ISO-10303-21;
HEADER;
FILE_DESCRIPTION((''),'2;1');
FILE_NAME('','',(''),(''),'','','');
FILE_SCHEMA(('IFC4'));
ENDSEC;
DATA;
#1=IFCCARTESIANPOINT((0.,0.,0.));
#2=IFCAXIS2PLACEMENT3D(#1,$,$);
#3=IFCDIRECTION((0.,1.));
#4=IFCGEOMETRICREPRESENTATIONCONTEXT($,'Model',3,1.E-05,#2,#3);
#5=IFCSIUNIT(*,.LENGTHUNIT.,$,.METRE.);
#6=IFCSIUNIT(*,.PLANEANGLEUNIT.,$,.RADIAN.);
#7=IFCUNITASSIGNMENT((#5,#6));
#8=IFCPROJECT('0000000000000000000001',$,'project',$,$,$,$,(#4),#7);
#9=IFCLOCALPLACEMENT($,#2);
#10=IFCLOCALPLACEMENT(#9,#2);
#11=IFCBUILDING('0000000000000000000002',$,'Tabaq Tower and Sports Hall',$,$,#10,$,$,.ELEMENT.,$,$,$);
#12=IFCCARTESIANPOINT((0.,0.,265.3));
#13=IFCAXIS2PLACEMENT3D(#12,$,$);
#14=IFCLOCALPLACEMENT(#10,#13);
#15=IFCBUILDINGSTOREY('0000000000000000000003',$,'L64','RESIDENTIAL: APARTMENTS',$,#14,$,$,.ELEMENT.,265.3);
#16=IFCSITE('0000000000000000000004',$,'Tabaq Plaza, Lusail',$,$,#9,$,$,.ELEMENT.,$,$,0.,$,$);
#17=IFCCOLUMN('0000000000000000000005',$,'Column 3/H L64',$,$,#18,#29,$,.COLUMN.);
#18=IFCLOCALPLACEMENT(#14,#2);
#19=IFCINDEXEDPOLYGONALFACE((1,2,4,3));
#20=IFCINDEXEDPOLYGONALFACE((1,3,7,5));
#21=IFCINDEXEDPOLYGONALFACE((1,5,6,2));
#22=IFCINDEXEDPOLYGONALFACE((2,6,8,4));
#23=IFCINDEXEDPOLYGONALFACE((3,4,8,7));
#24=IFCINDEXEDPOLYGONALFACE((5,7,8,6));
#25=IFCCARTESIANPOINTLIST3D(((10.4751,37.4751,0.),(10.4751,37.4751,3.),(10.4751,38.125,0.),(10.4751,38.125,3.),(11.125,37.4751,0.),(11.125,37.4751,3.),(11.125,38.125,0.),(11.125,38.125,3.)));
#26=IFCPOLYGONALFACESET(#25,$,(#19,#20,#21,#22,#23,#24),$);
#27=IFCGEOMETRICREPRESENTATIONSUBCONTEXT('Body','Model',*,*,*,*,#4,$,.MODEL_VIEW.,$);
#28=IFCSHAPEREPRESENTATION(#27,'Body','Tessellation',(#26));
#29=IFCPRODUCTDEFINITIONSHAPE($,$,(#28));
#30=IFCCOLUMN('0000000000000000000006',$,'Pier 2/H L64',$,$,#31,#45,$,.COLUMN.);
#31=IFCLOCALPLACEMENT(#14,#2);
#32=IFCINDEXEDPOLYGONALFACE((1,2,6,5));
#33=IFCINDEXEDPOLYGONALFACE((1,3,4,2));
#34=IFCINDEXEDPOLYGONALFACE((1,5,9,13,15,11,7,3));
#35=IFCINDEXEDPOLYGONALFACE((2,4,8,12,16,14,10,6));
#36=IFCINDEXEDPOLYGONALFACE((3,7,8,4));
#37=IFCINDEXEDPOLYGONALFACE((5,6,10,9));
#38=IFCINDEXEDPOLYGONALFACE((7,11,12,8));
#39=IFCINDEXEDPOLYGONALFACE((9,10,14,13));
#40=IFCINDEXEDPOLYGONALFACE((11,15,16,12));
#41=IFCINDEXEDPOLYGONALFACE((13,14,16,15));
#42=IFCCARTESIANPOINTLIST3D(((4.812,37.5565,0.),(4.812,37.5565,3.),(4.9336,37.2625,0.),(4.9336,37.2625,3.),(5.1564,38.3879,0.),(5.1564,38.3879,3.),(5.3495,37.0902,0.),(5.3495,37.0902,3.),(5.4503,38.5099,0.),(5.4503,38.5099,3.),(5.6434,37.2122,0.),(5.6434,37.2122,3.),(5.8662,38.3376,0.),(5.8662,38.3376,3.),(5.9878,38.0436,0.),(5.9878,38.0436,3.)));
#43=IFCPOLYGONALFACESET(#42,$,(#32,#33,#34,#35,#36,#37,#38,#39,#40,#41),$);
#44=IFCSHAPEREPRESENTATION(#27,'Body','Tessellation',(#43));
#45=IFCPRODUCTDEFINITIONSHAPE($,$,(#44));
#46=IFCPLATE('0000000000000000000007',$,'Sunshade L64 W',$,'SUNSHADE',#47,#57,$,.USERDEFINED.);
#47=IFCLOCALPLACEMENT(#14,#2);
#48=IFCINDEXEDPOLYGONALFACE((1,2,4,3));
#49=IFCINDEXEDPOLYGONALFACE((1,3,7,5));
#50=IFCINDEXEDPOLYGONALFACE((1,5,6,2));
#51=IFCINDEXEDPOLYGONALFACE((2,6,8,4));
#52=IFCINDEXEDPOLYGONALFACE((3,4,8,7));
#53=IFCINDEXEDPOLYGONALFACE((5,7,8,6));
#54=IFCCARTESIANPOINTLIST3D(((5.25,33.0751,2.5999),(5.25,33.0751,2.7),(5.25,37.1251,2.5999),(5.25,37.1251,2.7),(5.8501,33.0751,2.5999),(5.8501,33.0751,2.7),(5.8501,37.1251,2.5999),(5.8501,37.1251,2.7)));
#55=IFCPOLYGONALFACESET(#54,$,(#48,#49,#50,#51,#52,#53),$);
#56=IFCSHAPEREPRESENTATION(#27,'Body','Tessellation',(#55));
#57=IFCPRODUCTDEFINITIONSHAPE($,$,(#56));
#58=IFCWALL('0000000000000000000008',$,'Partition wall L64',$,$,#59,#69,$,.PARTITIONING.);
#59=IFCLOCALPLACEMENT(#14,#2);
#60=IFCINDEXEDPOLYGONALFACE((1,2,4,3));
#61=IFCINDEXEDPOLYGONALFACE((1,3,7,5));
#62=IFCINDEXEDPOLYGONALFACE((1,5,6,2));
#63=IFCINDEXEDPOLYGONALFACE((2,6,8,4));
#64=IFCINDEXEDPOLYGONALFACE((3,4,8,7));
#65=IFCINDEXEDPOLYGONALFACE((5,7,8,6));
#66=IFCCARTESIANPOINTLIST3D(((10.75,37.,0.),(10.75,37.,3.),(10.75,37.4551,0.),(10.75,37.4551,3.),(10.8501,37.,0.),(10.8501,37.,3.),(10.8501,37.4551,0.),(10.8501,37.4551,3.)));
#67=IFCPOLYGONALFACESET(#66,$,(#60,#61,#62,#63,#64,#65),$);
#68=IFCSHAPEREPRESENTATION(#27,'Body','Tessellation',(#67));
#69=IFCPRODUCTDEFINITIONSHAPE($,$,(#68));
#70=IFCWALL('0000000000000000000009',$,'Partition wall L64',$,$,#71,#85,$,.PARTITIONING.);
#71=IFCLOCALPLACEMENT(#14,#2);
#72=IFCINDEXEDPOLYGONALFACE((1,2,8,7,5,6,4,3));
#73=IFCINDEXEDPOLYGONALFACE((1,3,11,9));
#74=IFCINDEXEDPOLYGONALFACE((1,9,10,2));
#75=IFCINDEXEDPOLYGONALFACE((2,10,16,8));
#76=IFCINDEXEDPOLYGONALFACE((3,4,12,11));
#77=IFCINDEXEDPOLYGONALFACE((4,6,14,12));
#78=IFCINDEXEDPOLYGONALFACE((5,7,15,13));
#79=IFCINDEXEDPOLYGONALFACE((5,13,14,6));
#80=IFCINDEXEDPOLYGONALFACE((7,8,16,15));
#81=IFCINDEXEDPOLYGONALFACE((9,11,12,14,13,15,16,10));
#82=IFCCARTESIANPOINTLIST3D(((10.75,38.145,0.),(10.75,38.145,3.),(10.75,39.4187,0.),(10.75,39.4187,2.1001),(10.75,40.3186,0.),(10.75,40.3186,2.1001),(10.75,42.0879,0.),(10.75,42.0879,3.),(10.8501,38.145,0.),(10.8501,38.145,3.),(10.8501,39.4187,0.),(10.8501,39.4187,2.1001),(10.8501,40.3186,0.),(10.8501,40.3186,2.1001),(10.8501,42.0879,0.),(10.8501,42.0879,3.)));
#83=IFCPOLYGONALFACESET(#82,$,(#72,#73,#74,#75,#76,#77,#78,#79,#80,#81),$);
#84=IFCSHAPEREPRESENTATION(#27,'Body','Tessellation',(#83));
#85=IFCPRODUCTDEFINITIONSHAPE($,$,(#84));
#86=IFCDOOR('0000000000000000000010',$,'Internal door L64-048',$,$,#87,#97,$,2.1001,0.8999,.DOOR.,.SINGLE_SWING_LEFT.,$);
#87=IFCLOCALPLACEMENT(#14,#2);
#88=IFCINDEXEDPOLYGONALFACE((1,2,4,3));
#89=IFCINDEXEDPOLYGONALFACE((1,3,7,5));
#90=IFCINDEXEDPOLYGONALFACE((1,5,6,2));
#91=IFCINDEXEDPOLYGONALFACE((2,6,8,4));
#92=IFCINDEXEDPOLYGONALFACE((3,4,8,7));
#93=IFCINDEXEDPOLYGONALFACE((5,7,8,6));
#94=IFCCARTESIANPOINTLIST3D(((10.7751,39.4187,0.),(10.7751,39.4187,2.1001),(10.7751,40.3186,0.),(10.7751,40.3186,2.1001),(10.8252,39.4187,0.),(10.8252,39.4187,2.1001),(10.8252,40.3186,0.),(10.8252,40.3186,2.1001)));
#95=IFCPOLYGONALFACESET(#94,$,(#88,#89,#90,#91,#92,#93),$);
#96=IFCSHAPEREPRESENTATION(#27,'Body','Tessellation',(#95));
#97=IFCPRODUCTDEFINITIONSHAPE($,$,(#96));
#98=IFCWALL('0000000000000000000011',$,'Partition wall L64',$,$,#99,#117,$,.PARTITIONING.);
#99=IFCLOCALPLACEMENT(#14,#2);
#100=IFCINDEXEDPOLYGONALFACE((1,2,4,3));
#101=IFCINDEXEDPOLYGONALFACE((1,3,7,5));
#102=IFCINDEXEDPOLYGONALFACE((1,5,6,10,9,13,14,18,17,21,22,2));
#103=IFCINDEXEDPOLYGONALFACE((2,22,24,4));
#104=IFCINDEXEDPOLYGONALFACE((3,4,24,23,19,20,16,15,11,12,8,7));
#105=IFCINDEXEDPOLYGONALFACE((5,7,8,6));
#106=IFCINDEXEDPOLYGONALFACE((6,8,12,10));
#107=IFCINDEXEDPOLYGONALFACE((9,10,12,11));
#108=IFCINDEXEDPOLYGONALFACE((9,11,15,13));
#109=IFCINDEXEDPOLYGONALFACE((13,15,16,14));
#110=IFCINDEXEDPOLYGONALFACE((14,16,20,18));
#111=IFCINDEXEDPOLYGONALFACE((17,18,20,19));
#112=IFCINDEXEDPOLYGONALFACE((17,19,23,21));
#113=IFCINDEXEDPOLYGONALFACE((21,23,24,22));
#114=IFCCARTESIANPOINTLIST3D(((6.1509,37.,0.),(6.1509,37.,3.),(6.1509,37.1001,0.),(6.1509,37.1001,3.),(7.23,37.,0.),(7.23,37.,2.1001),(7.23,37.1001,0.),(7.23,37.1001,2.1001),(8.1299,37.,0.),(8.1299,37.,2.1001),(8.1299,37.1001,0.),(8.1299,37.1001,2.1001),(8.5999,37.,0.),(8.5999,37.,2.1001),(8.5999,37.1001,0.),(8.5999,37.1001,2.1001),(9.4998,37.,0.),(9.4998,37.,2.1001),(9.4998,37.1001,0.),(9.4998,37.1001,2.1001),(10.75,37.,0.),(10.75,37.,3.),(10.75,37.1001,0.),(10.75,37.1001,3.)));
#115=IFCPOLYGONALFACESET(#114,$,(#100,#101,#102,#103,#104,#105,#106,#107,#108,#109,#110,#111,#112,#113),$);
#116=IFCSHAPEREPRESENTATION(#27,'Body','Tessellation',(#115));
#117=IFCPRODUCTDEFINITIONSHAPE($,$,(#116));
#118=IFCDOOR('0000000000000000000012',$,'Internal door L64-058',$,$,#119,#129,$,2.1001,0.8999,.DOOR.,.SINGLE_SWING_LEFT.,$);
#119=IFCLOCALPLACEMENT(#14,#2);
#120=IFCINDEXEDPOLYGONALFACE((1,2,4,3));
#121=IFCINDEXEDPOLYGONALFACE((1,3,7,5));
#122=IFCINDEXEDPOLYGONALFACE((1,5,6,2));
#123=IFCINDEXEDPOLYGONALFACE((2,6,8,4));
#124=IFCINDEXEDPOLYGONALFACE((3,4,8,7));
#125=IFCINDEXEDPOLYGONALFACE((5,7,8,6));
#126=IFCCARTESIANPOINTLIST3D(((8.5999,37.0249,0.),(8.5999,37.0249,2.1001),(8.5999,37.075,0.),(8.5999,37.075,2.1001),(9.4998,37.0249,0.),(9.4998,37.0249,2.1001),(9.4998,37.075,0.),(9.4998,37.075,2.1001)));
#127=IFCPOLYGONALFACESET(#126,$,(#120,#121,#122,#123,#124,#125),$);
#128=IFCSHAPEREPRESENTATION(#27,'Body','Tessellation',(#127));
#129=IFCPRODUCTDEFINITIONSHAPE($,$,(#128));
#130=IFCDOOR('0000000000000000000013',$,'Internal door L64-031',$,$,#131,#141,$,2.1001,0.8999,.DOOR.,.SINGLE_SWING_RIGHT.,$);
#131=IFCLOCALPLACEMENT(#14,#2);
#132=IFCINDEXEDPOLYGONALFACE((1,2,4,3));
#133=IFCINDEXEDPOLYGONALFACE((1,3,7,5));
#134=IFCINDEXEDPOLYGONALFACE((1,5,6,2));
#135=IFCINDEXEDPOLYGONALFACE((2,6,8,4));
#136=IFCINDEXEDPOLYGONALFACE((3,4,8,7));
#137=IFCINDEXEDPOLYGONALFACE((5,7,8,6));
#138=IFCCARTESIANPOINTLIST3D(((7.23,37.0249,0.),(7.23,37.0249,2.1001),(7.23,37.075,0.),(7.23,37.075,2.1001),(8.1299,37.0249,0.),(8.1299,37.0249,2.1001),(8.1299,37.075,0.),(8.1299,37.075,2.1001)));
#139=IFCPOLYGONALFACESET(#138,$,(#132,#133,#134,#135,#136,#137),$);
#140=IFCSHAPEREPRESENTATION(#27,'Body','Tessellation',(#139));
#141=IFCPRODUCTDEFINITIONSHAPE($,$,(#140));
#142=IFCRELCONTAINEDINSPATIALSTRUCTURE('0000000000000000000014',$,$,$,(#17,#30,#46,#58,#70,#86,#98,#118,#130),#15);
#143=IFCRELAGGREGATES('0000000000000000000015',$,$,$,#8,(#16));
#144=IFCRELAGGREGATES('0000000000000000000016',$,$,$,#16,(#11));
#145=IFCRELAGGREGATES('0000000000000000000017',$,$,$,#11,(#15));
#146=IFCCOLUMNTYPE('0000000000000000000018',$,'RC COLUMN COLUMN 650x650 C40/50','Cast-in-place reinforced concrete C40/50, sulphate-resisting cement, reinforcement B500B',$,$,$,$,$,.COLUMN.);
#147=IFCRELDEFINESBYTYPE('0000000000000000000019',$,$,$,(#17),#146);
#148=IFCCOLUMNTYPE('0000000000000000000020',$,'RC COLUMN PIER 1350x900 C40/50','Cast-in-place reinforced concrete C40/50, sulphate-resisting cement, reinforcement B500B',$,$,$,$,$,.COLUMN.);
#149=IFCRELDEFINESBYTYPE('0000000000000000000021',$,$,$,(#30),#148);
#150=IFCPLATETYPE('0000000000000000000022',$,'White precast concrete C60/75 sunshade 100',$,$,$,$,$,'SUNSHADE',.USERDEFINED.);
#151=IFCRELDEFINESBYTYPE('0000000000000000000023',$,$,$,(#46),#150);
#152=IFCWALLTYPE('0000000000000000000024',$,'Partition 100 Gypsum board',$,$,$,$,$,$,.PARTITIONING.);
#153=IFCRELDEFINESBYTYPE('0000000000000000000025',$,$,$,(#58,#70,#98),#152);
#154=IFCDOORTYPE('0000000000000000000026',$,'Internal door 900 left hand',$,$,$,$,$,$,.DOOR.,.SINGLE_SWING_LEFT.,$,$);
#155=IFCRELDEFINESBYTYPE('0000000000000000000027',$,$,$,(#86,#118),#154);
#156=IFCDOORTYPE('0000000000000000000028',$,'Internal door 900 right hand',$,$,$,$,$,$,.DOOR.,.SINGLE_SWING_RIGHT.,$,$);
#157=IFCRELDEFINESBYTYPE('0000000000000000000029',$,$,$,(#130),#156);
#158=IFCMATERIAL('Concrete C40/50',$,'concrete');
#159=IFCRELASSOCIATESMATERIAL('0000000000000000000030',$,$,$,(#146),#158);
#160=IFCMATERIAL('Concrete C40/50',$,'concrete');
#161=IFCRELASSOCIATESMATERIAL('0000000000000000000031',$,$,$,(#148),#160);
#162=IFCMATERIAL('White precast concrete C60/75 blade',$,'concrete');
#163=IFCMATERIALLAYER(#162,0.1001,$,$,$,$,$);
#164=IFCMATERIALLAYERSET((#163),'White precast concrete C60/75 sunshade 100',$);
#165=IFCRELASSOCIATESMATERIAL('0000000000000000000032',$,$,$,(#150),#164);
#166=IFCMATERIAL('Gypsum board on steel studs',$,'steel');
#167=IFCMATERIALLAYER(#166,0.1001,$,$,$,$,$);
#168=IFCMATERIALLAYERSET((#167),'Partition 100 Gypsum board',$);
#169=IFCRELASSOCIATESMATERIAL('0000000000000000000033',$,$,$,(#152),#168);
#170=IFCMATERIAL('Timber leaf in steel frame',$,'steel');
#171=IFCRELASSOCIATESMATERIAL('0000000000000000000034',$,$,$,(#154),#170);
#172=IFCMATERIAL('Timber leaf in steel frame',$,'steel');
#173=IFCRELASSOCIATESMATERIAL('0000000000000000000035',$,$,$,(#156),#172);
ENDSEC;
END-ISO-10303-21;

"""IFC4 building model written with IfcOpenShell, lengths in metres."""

from ifc_helpers import new_model, si_unit, direction, frame, frame_2d, origin, origin_2d, place, context, subcontext, project, spatial, polyline, rectangle, outline, extrude, material, layer, layer_set, material_profile, profile_set, type_object, element, fill, save


model = new_model("IFC4")

# Units and contexts
model_context = context("Model", 3, precision=1e-05, world=origin(), true_north=direction((0.0, 1.0)))
body_context = subcontext(model_context, "Body", "Model", "MODEL_VIEW")
ifc_project = project(units=[si_unit("LENGTHUNIT", "METRE"), si_unit("PLANEANGLEUNIT", "RADIAN")], contexts=[model_context])

# Site, building, storey
site_placement = place(None, origin())
site = spatial("IfcSite", under=ifc_project, at=site_placement, Name="Tabaq Plaza, Lusail", CompositionType="ELEMENT", RefElevation=0.0)
building_placement = place(site_placement, origin())
building = spatial("IfcBuilding", under=site, at=building_placement, Name="Tabaq Tower and Sports Hall", CompositionType="ELEMENT")
storey_placement = place(building_placement, frame((0.0, 0.0, 265.3)))
storey = spatial("IfcBuildingStorey", under=building, at=storey_placement, Name="L64", Description="RESIDENTIAL: APARTMENTS", CompositionType="ELEMENT", Elevation=265.3)

# Columns
ifc_material_1 = material(Name="Concrete C40/50", Category="concrete")
ifc_material_profile_1 = material_profile(ifc_material_1, rectangle(XDim=0.6499, YDim=0.6499, at=origin_2d()), Name="COLUMN 650x650")
ifc_profile_set_1 = profile_set([ifc_material_profile_1], Name="Concrete C40/50")
column_type_1 = type_object("IfcColumnType", Name="RC COLUMN COLUMN 650x650 C40/50", Description="Cast-in-place reinforced concrete C40/50, sulphate-resisting cement, reinforcement B500B", PredefinedType="COLUMN", material=ifc_profile_set_1)
column_1_placement = place(storey_placement, frame((10.8, 37.8, 0.0), z_axis=(0.0, 0.0, 1.0), x_axis=(1.0, 0.0, 0.0)))
element("IfcColumn", 1, at=column_1_placement, inside=storey, type_object=column_type_1, Name="Column 3/H L64", PredefinedType="COLUMN", context=body_context, shape_type="SweptSolid", body=[
    extrude(rectangle(XDim=0.6499, YDim=0.6499, at=origin_2d()), origin(), (0.0, 0.0, 1.0), 3.0),
])
ifc_material_2 = material(Name="Concrete C40/50", Category="concrete")
ifc_material_profile_2 = material_profile(ifc_material_2, outline(polyline([(-0.45, -0.45), (0.45, -0.45), (0.675, -0.2251), (0.675, 0.2251), (0.45, 0.45), (-0.45, 0.45), (-0.675, 0.2251), (-0.675, -0.2251), (-0.45, -0.45)])), Name="PIER 1350x900")
ifc_profile_set_2 = profile_set([ifc_material_profile_2], Name="Concrete C40/50")
column_type_2 = type_object("IfcColumnType", Name="RC COLUMN PIER 1350x900 C40/50", Description="Cast-in-place reinforced concrete C40/50, sulphate-resisting cement, reinforcement B500B", PredefinedType="COLUMN", material=ifc_profile_set_2)
column_2_placement = place(storey_placement, frame((5.3999, 37.8, 0.0), z_axis=(0.0, 0.0, 1.0), x_axis=(0.382683, 0.92388, 0.0)))
element("IfcColumn", 2, at=column_2_placement, inside=storey, type_object=column_type_2, Name="Pier 2/H L64", PredefinedType="COLUMN", context=body_context, shape_type="SweptSolid", body=[
    extrude(outline(polyline([(-0.45, -0.45), (0.45, -0.45), (0.675, -0.2251), (0.675, 0.2251), (0.45, 0.45), (-0.45, 0.45), (-0.675, 0.2251), (-0.675, -0.2251), (-0.45, -0.45)])), origin(), (0.0, 0.0, 1.0), 3.0),
])

# Plate
ifc_material_3 = material(Name="White precast concrete C60/75 blade", Category="concrete")
ifc_layer_1 = layer(ifc_material_3, 0.1001)
ifc_layer_set_1 = layer_set([ifc_layer_1], Name="White precast concrete C60/75 sunshade 100")
plate_type = type_object("IfcPlateType", Name="White precast concrete C60/75 sunshade 100", ElementType="SUNSHADE", PredefinedType="USERDEFINED", material=ifc_layer_set_1)
plate_placement = place(storey_placement, frame((5.55, 35.1001, 2.5999), z_axis=(0.0, 0.0, 1.0), x_axis=(0.0, -1.0, 0.0)))
element("IfcPlate", 3, at=plate_placement, inside=storey, type_object=plate_type, Name="Sunshade L64 W", ObjectType="SUNSHADE", PredefinedType="USERDEFINED", context=body_context, shape_type="SweptSolid", body=[
    extrude(rectangle(XDim=4.05, YDim=0.6001, at=origin_2d()), origin(), (0.0, 0.0, 1.0), 0.1001),
])

# Wall
ifc_material_4 = material(Name="Gypsum board on steel studs", Category="steel")
ifc_layer_2 = layer(ifc_material_4, 0.1001)
ifc_layer_set_2 = layer_set([ifc_layer_2], Name="Partition 100 Gypsum board")
wall_type_1 = type_object("IfcWallType", Name="Partition 100 Gypsum board", PredefinedType="PARTITIONING", material=ifc_layer_set_2)
wall_1_placement = place(storey_placement, frame((10.8, 37.0, 0.0), z_axis=(0.0, 0.0, 1.0), x_axis=(0.0, 1.0, 0.0)))
element("IfcWall", 4, at=wall_1_placement, inside=storey, type_object=wall_type_1, Name="Partition wall L64", PredefinedType="PARTITIONING", context=body_context, shape_type="SweptSolid", body=[
    extrude(rectangle(XDim=0.4551, YDim=0.1001, at=frame_2d((0.2275, 0.0))), origin(), (0.0, 0.0, 1.0), 3.0),
])

# Wall, opening, door
wall_2_placement = place(storey_placement, frame((10.8, 38.145, 0.0), z_axis=(0.0, 0.0, 1.0), x_axis=(0.0, 1.0, 0.0)))
wall_2 = element("IfcWall", 5, at=wall_2_placement, inside=storey, type_object=wall_type_1, Name="Partition wall L64", PredefinedType="PARTITIONING", context=body_context, shape_type="SweptSolid", body=[
    extrude(rectangle(XDim=3.9429, YDim=0.1001, at=frame_2d((1.9714, 0.0))), origin(), (0.0, 0.0, 1.0), 3.0),
])
opening_1_placement = place(wall_2_placement, frame((1.2737, 0.0, 0.0)))
opening_1 = element("IfcOpeningElement", 6, at=opening_1_placement, cuts=wall_2, PredefinedType="OPENING", context=body_context, shape_type="SweptSolid", body=[
    extrude(rectangle(XDim=0.8999, YDim=2.1001, at=frame_2d((0.45, 1.05))), frame((0.0, 0.05, 0.0), z_axis=(0.0, -1.0, 0.0), x_axis=(1.0, 0.0, 0.0)), (0.0, 0.0, 1.0), 0.1001),
])
ifc_material_5 = material(Name="Timber leaf in steel frame", Category="steel")
door_type_1 = type_object("IfcDoorType", Name="Internal door 900 left hand", OperationType="SINGLE_SWING_LEFT", PredefinedType="DOOR", material=ifc_material_5)
door_1_placement = place(opening_1_placement, origin())
door_1 = element("IfcDoor", 7, at=door_1_placement, inside=storey, type_object=door_type_1, Name="Internal door L64-048", OperationType="SINGLE_SWING_LEFT", OverallHeight=2.1001, OverallWidth=0.8999, PredefinedType="DOOR", context=body_context, shape_type="SweptSolid", body=[
    extrude(rectangle(XDim=0.8999, YDim=2.1001, at=frame_2d((0.45, 1.05))), frame((0.0, 0.0249, 0.0), z_axis=(0.0, -1.0, 0.0), x_axis=(1.0, 0.0, 0.0)), (0.0, 0.0, 1.0), 0.05),
])
fill(opening_1, door_1)

# Wall, openings, doors
wall_3_placement = place(storey_placement, frame((6.1509, 37.05, 0.0), z_axis=(0.0, 0.0, 1.0), x_axis=(1.0, 0.0, 0.0)))
wall_3 = element("IfcWall", 8, at=wall_3_placement, inside=storey, type_object=wall_type_1, Name="Partition wall L64", PredefinedType="PARTITIONING", context=body_context, shape_type="SweptSolid", body=[
    extrude(rectangle(XDim=4.5991, YDim=0.1001, at=frame_2d((2.2996, 0.0))), origin(), (0.0, 0.0, 1.0), 3.0),
])
opening_2_placement = place(wall_3_placement, frame((1.0791, 0.0, 0.0)))
opening_2 = element("IfcOpeningElement", 9, at=opening_2_placement, cuts=wall_3, PredefinedType="OPENING", context=body_context, shape_type="SweptSolid", body=[
    extrude(rectangle(XDim=0.8999, YDim=2.1001, at=frame_2d((0.45, 1.05))), frame((0.0, 0.05, 0.0), z_axis=(0.0, -1.0, 0.0), x_axis=(1.0, 0.0, 0.0)), (0.0, 0.0, 1.0), 0.1001),
])
opening_3_placement = place(wall_3_placement, frame((2.449, 0.0, 0.0)))
opening_3 = element("IfcOpeningElement", 10, at=opening_3_placement, cuts=wall_3, PredefinedType="OPENING", context=body_context, shape_type="SweptSolid", body=[
    extrude(rectangle(XDim=0.8999, YDim=2.1001, at=frame_2d((0.45, 1.05))), frame((0.0, 0.05, 0.0), z_axis=(0.0, -1.0, 0.0), x_axis=(1.0, 0.0, 0.0)), (0.0, 0.0, 1.0), 0.1001),
])
door_2_placement = place(opening_3_placement, origin())
door_2 = element("IfcDoor", 11, at=door_2_placement, inside=storey, type_object=door_type_1, Name="Internal door L64-058", OperationType="SINGLE_SWING_LEFT", OverallHeight=2.1001, OverallWidth=0.8999, PredefinedType="DOOR", context=body_context, shape_type="SweptSolid", body=[
    extrude(rectangle(XDim=0.8999, YDim=2.1001, at=frame_2d((0.45, 1.05))), frame((0.0, 0.0249, 0.0), z_axis=(0.0, -1.0, 0.0), x_axis=(1.0, 0.0, 0.0)), (0.0, 0.0, 1.0), 0.05),
])
fill(opening_3, door_2)
ifc_material_6 = material(Name="Timber leaf in steel frame", Category="steel")
door_type_2 = type_object("IfcDoorType", Name="Internal door 900 right hand", OperationType="SINGLE_SWING_RIGHT", PredefinedType="DOOR", material=ifc_material_6)
door_3_placement = place(opening_2_placement, origin())
door_3 = element("IfcDoor", 12, at=door_3_placement, inside=storey, type_object=door_type_2, Name="Internal door L64-031", OperationType="SINGLE_SWING_RIGHT", OverallHeight=2.1001, OverallWidth=0.8999, PredefinedType="DOOR", context=body_context, shape_type="SweptSolid", body=[
    extrude(rectangle(XDim=0.8999, YDim=2.1001, at=frame_2d((0.45, 1.05))), frame((0.0, 0.0249, 0.0), z_axis=(0.0, -1.0, 0.0), x_axis=(1.0, 0.0, 0.0)), (0.0, 0.0, 1.0), 0.05),
])
fill(opening_2, door_3)

save(model, "model.ifc")
